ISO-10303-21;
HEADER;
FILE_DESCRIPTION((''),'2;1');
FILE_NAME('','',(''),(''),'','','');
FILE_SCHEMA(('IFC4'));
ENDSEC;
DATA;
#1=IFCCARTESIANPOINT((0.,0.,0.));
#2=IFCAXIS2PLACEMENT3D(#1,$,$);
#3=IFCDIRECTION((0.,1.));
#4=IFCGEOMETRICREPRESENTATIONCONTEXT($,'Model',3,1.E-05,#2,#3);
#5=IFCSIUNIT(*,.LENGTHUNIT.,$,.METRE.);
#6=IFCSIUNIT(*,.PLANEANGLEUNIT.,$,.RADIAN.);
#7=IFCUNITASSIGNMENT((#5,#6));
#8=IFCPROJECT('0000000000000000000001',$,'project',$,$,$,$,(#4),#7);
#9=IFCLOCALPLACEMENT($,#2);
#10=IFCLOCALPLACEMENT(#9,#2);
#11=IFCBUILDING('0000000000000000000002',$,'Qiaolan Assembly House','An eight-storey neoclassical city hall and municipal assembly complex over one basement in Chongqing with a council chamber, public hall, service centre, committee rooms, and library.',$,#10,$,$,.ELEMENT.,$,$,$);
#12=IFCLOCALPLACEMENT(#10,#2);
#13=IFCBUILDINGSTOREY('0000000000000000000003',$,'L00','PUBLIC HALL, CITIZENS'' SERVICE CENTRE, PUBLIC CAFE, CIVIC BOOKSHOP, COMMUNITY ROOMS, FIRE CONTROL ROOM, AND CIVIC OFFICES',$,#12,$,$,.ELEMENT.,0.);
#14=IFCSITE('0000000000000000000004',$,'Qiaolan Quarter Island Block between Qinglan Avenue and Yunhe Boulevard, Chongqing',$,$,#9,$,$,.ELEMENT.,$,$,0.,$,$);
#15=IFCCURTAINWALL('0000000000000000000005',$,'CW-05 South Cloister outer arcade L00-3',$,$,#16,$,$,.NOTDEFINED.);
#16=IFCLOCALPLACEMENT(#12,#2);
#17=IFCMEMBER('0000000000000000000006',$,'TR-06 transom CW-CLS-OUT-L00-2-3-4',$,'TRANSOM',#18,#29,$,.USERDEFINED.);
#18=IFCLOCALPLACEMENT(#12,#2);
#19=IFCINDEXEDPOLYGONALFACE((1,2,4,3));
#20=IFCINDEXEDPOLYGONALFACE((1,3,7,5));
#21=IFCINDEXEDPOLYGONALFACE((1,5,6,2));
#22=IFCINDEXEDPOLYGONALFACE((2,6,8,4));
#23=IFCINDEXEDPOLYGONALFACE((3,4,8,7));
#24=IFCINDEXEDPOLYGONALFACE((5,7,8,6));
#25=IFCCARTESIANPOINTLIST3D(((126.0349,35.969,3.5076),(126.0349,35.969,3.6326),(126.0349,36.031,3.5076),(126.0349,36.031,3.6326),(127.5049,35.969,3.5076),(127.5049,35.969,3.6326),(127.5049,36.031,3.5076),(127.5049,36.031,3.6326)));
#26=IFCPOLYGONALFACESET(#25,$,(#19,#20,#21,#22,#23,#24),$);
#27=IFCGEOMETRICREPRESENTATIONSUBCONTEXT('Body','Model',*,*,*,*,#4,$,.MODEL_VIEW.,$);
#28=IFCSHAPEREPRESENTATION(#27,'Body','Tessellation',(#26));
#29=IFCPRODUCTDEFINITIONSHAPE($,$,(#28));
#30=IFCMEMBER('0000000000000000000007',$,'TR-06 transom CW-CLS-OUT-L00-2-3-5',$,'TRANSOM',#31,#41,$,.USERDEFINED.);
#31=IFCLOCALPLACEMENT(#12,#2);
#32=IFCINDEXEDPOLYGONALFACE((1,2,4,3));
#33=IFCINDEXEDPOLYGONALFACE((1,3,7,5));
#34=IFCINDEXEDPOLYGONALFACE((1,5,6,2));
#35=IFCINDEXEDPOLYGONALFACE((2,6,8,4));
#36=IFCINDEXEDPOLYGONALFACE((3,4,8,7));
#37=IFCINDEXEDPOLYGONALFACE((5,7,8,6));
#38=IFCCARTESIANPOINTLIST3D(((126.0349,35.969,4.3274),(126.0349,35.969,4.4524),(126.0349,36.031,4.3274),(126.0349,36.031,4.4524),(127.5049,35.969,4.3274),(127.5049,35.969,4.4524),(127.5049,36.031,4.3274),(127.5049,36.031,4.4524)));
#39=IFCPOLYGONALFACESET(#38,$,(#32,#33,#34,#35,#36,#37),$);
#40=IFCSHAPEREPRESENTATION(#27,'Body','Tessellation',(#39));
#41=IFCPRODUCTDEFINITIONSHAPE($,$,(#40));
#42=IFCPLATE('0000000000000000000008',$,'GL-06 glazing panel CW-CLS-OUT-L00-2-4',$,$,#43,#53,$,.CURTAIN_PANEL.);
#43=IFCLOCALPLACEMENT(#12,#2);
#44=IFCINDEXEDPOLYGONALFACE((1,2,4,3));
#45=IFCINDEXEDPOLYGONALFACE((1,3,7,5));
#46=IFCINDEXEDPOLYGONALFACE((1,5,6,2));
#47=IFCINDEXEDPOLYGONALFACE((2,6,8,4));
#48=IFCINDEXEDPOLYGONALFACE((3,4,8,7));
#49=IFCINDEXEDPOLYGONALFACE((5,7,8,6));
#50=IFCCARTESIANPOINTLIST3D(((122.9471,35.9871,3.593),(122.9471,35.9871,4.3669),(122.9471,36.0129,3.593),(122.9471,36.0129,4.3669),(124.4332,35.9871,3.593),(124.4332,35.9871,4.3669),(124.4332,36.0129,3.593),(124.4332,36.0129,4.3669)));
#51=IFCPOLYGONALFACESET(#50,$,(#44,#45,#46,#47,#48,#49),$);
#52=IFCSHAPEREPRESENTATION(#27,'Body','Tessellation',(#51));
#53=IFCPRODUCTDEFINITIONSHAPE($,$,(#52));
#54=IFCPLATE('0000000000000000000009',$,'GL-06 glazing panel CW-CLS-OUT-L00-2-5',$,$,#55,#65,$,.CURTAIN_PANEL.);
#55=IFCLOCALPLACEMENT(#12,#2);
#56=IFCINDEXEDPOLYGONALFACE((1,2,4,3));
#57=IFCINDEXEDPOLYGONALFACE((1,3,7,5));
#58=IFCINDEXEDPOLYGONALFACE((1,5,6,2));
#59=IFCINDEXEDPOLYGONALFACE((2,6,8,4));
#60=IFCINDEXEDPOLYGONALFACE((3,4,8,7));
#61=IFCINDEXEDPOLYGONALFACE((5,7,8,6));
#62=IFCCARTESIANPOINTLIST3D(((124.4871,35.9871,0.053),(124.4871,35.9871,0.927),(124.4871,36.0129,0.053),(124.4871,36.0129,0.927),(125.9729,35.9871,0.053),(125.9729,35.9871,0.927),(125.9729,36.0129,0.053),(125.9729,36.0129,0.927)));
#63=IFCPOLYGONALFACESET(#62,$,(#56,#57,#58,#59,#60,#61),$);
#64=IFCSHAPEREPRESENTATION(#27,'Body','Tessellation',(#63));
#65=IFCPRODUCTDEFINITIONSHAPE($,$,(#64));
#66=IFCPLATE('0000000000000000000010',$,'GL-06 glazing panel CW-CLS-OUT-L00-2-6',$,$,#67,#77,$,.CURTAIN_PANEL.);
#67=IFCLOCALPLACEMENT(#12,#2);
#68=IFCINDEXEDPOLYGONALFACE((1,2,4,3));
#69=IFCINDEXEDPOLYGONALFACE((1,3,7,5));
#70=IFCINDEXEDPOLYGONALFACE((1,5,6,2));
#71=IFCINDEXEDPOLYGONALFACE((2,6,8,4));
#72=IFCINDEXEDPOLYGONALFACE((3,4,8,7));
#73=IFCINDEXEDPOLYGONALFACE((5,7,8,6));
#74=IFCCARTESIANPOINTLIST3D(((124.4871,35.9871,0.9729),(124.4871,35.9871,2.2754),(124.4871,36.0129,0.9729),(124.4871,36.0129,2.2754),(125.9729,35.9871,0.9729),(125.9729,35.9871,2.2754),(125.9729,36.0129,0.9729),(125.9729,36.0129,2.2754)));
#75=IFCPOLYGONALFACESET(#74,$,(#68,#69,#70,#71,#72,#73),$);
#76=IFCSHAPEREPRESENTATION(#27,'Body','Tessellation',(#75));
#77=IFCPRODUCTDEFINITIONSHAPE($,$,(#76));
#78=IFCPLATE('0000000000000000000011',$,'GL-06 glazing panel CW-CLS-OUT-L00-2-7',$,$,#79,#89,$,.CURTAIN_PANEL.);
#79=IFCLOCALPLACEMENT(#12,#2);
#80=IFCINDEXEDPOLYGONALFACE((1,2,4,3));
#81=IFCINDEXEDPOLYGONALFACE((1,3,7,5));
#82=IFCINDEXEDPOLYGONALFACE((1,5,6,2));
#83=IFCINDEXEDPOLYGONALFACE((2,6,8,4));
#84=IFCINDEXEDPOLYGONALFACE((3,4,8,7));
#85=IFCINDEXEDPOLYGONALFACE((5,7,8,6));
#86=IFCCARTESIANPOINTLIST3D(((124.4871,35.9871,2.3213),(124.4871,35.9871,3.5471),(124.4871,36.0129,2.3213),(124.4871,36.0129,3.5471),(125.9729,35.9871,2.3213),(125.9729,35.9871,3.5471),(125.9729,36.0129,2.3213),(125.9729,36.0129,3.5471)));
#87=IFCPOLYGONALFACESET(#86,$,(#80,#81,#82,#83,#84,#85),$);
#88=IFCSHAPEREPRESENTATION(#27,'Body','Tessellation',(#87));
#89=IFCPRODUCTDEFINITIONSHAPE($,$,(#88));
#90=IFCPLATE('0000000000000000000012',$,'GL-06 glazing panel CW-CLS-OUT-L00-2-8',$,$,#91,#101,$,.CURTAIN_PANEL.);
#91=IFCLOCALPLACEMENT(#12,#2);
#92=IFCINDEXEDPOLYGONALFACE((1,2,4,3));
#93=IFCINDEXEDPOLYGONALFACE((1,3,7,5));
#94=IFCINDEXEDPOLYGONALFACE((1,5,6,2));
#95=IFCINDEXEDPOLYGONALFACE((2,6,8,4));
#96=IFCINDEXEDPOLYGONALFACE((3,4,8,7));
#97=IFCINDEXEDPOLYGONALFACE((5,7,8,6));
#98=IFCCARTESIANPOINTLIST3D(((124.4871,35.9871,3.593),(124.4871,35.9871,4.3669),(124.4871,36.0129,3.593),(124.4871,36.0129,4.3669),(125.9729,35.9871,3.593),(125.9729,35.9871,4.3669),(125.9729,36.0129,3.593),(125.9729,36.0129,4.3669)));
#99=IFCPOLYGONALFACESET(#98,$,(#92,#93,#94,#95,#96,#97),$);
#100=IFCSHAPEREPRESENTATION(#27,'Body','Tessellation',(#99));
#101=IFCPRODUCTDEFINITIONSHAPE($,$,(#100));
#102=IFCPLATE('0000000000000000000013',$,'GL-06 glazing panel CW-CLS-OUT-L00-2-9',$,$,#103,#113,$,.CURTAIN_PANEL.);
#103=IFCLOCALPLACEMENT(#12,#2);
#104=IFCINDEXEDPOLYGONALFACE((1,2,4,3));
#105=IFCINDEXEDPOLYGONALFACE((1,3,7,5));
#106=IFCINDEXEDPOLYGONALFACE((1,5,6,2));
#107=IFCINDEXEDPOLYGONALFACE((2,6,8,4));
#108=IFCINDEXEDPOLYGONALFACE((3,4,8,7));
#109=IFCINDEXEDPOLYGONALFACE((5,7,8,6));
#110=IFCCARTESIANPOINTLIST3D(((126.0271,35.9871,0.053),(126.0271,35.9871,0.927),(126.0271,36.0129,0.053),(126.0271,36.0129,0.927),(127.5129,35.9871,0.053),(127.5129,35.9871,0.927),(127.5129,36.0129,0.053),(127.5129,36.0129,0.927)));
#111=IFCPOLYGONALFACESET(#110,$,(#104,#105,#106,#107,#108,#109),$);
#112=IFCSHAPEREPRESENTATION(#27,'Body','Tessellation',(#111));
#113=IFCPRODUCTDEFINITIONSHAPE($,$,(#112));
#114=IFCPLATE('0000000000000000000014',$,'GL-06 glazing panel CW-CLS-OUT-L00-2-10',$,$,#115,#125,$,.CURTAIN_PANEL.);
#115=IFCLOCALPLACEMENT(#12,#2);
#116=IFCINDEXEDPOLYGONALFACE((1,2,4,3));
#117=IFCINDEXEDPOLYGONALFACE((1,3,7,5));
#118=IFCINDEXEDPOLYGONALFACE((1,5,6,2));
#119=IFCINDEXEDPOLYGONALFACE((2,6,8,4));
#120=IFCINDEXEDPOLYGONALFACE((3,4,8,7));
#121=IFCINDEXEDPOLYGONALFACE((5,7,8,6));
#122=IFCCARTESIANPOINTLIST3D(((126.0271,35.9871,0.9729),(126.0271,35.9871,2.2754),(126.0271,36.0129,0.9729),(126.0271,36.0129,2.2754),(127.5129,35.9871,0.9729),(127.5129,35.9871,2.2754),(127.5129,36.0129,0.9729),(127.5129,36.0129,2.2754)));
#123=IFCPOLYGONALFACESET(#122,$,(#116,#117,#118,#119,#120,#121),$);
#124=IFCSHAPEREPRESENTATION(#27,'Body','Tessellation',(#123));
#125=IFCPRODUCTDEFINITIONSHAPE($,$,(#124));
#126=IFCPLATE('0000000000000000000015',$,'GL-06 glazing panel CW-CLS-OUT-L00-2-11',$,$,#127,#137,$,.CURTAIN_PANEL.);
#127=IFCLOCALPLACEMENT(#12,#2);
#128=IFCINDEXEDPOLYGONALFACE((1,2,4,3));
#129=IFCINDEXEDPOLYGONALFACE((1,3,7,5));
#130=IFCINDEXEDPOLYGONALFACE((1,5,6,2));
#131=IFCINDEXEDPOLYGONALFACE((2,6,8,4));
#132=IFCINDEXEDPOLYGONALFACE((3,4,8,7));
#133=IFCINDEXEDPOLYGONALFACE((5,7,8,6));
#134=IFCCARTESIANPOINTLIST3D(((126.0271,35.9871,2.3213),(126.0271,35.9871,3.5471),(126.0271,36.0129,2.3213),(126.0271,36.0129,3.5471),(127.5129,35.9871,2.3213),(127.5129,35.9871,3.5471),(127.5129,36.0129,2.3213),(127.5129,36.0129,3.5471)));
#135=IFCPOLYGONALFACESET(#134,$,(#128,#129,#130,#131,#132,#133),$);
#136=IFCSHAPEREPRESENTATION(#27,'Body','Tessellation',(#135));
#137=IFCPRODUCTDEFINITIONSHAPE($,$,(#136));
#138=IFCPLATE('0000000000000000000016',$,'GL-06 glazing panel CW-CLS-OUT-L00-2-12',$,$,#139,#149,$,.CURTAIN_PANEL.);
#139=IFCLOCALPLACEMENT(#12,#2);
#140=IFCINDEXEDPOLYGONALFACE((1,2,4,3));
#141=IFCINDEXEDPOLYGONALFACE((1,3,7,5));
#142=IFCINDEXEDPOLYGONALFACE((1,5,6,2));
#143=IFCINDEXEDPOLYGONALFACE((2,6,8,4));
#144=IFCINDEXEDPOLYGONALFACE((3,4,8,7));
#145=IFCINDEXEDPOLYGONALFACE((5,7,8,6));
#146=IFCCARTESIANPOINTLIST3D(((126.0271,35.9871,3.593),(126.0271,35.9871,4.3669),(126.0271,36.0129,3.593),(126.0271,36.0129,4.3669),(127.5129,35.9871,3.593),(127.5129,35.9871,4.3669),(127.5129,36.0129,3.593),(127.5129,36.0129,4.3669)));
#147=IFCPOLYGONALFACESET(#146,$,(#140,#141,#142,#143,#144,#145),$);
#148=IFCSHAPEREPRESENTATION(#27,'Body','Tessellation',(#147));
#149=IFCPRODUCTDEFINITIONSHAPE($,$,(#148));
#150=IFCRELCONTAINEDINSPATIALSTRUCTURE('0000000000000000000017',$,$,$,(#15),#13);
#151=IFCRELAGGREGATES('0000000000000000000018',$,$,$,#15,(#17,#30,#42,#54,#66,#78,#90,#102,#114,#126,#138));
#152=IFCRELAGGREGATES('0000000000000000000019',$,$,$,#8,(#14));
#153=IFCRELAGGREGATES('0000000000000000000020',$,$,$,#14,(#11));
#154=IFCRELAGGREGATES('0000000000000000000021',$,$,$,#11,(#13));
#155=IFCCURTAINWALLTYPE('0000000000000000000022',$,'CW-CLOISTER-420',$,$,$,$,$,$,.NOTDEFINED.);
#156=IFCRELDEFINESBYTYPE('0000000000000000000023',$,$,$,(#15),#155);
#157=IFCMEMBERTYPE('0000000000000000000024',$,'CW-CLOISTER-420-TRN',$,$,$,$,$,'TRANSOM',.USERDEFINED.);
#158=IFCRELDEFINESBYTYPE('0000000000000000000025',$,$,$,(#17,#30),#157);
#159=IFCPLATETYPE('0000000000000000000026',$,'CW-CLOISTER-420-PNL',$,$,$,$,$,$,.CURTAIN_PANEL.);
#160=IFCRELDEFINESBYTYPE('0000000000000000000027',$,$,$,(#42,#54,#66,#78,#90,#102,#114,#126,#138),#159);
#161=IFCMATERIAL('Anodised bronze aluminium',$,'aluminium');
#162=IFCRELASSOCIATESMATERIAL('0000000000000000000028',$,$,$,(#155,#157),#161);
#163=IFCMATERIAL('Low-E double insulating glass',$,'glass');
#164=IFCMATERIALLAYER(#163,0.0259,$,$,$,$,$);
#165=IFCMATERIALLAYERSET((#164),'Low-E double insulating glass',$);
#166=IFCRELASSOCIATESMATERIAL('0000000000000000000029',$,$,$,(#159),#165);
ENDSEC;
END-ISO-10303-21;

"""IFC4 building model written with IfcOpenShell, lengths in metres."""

from ifc_helpers import new_model, si_unit, direction, frame, frame_2d, origin, origin_2d, place, context, subcontext, project, spatial, rectangle, extrude, material, layer, layer_set, material_profile, profile_set, type_object, element, aggregate, save


model = new_model("IFC4")

# Units and contexts
model_context = context("Model", 3, precision=1e-05, world=origin(), true_north=direction((0.0, 1.0)))
body_context = subcontext(model_context, "Body", "Model", "MODEL_VIEW")
ifc_project = project(units=[si_unit("LENGTHUNIT", "METRE"), si_unit("PLANEANGLEUNIT", "RADIAN")], contexts=[model_context])

# Site, building, storey
site_placement = place(None, origin())
site = spatial("IfcSite", under=ifc_project, at=site_placement, Name="Qiaolan Quarter Island Block between Qinglan Avenue and Yunhe Boulevard, Chongqing", CompositionType="ELEMENT", RefElevation=0.0)
building_placement = place(site_placement, origin())
building = spatial("IfcBuilding", under=site, at=building_placement, Name="Qiaolan Assembly House", Description="An eight-storey neoclassical city hall and municipal assembly complex over one basement in Chongqing with a council chamber, public hall, service centre, committee rooms, and library.", CompositionType="ELEMENT")
storey_placement = place(building_placement, origin())
storey = spatial("IfcBuildingStorey", under=building, at=storey_placement, Name="L00", Description="PUBLIC HALL, CITIZENS' SERVICE CENTRE, PUBLIC CAFE, CIVIC BOOKSHOP, COMMUNITY ROOMS, FIRE CONTROL ROOM, AND CIVIC OFFICES", CompositionType="ELEMENT", Elevation=0.0)

# Curtain wall, members, plates
ifc_material_1 = material(Name="Anodised bronze aluminium", Category="aluminium")
curtain_wall_type = type_object("IfcCurtainWallType", Name="CW-CLOISTER-420", PredefinedType="NOTDEFINED", material=ifc_material_1)
curtain_wall_placement = place(storey_placement, origin())
curtain_wall = element("IfcCurtainWall", 1, at=curtain_wall_placement, inside=storey, type_object=curtain_wall_type, Name="CW-05 South Cloister outer arcade L00-3", PredefinedType="NOTDEFINED")
ifc_material_profile_1 = material_profile(ifc_material_1, rectangle(XDim=0.062, YDim=0.125, at=origin_2d()), Name="TRN 62x125")
ifc_profile_set_1 = profile_set([ifc_material_profile_1], Name="Anodised bronze aluminium")
member_type_1 = type_object("IfcMemberType", Name="CW-CLOISTER-420-TRN", ElementType="TRANSOM", PredefinedType="USERDEFINED", material=ifc_profile_set_1)
member_1_placement = place(storey_placement, frame((126.0349, 36.0, 3.5701), z_axis=(1.0, 0.0, 0.0), x_axis=(0.0, 1.0, 0.0)))
member_1 = element("IfcMember", 2, at=member_1_placement, type_object=member_type_1, Name="TR-06 transom CW-CLS-OUT-L00-2-3-4", ObjectType="TRANSOM", PredefinedType="USERDEFINED", context=body_context, shape_type="SweptSolid", body=[
    extrude(rectangle(XDim=0.062, YDim=0.125, at=origin_2d()), origin(), (0.0, 0.0, 1.0), 1.47),
])
member_2_placement = place(storey_placement, frame((126.0349, 36.0, 4.3899), z_axis=(1.0, 0.0, 0.0), x_axis=(0.0, 1.0, 0.0)))
member_2 = element("IfcMember", 3, at=member_2_placement, type_object=member_type_1, Name="TR-06 transom CW-CLS-OUT-L00-2-3-5", ObjectType="TRANSOM", PredefinedType="USERDEFINED", context=body_context, shape_type="SweptSolid", body=[
    extrude(rectangle(XDim=0.062, YDim=0.125, at=origin_2d()), origin(), (0.0, 0.0, 1.0), 1.47),
])
ifc_material_2 = material(Name="Low-E double insulating glass", Category="glass")
ifc_layer = layer(ifc_material_2, 0.0259)
ifc_layer_set = layer_set([ifc_layer], Name="Low-E double insulating glass")
plate_type = type_object("IfcPlateType", Name="CW-CLOISTER-420-PNL", PredefinedType="CURTAIN_PANEL", material=ifc_layer_set)
plate_1_placement = place(storey_placement, frame((122.947, 36.0, 3.593), z_axis=(0.0, 0.0, 1.0), x_axis=(1.0, 0.0, 0.0)))
plate_1 = element("IfcPlate", 4, at=plate_1_placement, type_object=plate_type, Name="GL-06 glazing panel CW-CLS-OUT-L00-2-4", PredefinedType="CURTAIN_PANEL", context=body_context, shape_type="SweptSolid", body=[
    extrude(rectangle(XDim=1.4861, YDim=0.0259, at=frame_2d((0.7432, 0.0))), origin(), (0.0, 0.0, 1.0), 0.7739),
])
plate_2_placement = place(storey_placement, frame((124.4871, 36.0, 0.053), z_axis=(0.0, 0.0, 1.0), x_axis=(1.0, 0.0, 0.0)))
plate_2 = element("IfcPlate", 5, at=plate_2_placement, type_object=plate_type, Name="GL-06 glazing panel CW-CLS-OUT-L00-2-5", PredefinedType="CURTAIN_PANEL", context=body_context, shape_type="SweptSolid", body=[
    extrude(rectangle(XDim=1.4858, YDim=0.0259, at=frame_2d((0.7429, 0.0))), origin(), (0.0, 0.0, 1.0), 0.874),
])
plate_3_placement = place(storey_placement, frame((124.4871, 36.0, 0.9729), z_axis=(0.0, 0.0, 1.0), x_axis=(1.0, 0.0, 0.0)))
plate_3 = element("IfcPlate", 6, at=plate_3_placement, type_object=plate_type, Name="GL-06 glazing panel CW-CLS-OUT-L00-2-6", PredefinedType="CURTAIN_PANEL", context=body_context, shape_type="SweptSolid", body=[
    extrude(rectangle(XDim=1.4858, YDim=0.0259, at=frame_2d((0.7429, 0.0))), origin(), (0.0, 0.0, 1.0), 1.3025),
])
plate_4_placement = place(storey_placement, frame((124.4871, 36.0, 2.3213), z_axis=(0.0, 0.0, 1.0), x_axis=(1.0, 0.0, 0.0)))
plate_4 = element("IfcPlate", 7, at=plate_4_placement, type_object=plate_type, Name="GL-06 glazing panel CW-CLS-OUT-L00-2-7", PredefinedType="CURTAIN_PANEL", context=body_context, shape_type="SweptSolid", body=[
    extrude(rectangle(XDim=1.4858, YDim=0.0259, at=frame_2d((0.7429, 0.0))), origin(), (0.0, 0.0, 1.0), 1.2258),
])
plate_5_placement = place(storey_placement, frame((124.4871, 36.0, 3.593), z_axis=(0.0, 0.0, 1.0), x_axis=(1.0, 0.0, 0.0)))
plate_5 = element("IfcPlate", 8, at=plate_5_placement, type_object=plate_type, Name="GL-06 glazing panel CW-CLS-OUT-L00-2-8", PredefinedType="CURTAIN_PANEL", context=body_context, shape_type="SweptSolid", body=[
    extrude(rectangle(XDim=1.4858, YDim=0.0259, at=frame_2d((0.7429, 0.0))), origin(), (0.0, 0.0, 1.0), 0.7739),
])
plate_6_placement = place(storey_placement, frame((126.0271, 36.0, 0.053), z_axis=(0.0, 0.0, 1.0), x_axis=(1.0, 0.0, 0.0)))
plate_6 = element("IfcPlate", 9, at=plate_6_placement, type_object=plate_type, Name="GL-06 glazing panel CW-CLS-OUT-L00-2-9", PredefinedType="CURTAIN_PANEL", context=body_context, shape_type="SweptSolid", body=[
    extrude(rectangle(XDim=1.4858, YDim=0.0259, at=frame_2d((0.7429, 0.0))), origin(), (0.0, 0.0, 1.0), 0.874),
])
plate_7_placement = place(storey_placement, frame((126.0271, 36.0, 0.9729), z_axis=(0.0, 0.0, 1.0), x_axis=(1.0, 0.0, 0.0)))
plate_7 = element("IfcPlate", 10, at=plate_7_placement, type_object=plate_type, Name="GL-06 glazing panel CW-CLS-OUT-L00-2-10", PredefinedType="CURTAIN_PANEL", context=body_context, shape_type="SweptSolid", body=[
    extrude(rectangle(XDim=1.4858, YDim=0.0259, at=frame_2d((0.7429, 0.0))), origin(), (0.0, 0.0, 1.0), 1.3025),
])
plate_8_placement = place(storey_placement, frame((126.0271, 36.0, 2.3213), z_axis=(0.0, 0.0, 1.0), x_axis=(1.0, 0.0, 0.0)))
plate_8 = element("IfcPlate", 11, at=plate_8_placement, type_object=plate_type, Name="GL-06 glazing panel CW-CLS-OUT-L00-2-11", PredefinedType="CURTAIN_PANEL", context=body_context, shape_type="SweptSolid", body=[
    extrude(rectangle(XDim=1.4858, YDim=0.0259, at=frame_2d((0.7429, 0.0))), origin(), (0.0, 0.0, 1.0), 1.2258),
])
plate_9_placement = place(storey_placement, frame((126.0271, 36.0, 3.593), z_axis=(0.0, 0.0, 1.0), x_axis=(1.0, 0.0, 0.0)))
plate_9 = element("IfcPlate", 12, at=plate_9_placement, type_object=plate_type, Name="GL-06 glazing panel CW-CLS-OUT-L00-2-12", PredefinedType="CURTAIN_PANEL", context=body_context, shape_type="SweptSolid", body=[
    extrude(rectangle(XDim=1.4858, YDim=0.0259, at=frame_2d((0.7429, 0.0))), origin(), (0.0, 0.0, 1.0), 0.7739),
])
aggregate(curtain_wall, [member_1, member_2, plate_1, plate_2, plate_3, plate_4, plate_5, plate_6, plate_7, plate_8, plate_9])

save(model, "model.ifc")
